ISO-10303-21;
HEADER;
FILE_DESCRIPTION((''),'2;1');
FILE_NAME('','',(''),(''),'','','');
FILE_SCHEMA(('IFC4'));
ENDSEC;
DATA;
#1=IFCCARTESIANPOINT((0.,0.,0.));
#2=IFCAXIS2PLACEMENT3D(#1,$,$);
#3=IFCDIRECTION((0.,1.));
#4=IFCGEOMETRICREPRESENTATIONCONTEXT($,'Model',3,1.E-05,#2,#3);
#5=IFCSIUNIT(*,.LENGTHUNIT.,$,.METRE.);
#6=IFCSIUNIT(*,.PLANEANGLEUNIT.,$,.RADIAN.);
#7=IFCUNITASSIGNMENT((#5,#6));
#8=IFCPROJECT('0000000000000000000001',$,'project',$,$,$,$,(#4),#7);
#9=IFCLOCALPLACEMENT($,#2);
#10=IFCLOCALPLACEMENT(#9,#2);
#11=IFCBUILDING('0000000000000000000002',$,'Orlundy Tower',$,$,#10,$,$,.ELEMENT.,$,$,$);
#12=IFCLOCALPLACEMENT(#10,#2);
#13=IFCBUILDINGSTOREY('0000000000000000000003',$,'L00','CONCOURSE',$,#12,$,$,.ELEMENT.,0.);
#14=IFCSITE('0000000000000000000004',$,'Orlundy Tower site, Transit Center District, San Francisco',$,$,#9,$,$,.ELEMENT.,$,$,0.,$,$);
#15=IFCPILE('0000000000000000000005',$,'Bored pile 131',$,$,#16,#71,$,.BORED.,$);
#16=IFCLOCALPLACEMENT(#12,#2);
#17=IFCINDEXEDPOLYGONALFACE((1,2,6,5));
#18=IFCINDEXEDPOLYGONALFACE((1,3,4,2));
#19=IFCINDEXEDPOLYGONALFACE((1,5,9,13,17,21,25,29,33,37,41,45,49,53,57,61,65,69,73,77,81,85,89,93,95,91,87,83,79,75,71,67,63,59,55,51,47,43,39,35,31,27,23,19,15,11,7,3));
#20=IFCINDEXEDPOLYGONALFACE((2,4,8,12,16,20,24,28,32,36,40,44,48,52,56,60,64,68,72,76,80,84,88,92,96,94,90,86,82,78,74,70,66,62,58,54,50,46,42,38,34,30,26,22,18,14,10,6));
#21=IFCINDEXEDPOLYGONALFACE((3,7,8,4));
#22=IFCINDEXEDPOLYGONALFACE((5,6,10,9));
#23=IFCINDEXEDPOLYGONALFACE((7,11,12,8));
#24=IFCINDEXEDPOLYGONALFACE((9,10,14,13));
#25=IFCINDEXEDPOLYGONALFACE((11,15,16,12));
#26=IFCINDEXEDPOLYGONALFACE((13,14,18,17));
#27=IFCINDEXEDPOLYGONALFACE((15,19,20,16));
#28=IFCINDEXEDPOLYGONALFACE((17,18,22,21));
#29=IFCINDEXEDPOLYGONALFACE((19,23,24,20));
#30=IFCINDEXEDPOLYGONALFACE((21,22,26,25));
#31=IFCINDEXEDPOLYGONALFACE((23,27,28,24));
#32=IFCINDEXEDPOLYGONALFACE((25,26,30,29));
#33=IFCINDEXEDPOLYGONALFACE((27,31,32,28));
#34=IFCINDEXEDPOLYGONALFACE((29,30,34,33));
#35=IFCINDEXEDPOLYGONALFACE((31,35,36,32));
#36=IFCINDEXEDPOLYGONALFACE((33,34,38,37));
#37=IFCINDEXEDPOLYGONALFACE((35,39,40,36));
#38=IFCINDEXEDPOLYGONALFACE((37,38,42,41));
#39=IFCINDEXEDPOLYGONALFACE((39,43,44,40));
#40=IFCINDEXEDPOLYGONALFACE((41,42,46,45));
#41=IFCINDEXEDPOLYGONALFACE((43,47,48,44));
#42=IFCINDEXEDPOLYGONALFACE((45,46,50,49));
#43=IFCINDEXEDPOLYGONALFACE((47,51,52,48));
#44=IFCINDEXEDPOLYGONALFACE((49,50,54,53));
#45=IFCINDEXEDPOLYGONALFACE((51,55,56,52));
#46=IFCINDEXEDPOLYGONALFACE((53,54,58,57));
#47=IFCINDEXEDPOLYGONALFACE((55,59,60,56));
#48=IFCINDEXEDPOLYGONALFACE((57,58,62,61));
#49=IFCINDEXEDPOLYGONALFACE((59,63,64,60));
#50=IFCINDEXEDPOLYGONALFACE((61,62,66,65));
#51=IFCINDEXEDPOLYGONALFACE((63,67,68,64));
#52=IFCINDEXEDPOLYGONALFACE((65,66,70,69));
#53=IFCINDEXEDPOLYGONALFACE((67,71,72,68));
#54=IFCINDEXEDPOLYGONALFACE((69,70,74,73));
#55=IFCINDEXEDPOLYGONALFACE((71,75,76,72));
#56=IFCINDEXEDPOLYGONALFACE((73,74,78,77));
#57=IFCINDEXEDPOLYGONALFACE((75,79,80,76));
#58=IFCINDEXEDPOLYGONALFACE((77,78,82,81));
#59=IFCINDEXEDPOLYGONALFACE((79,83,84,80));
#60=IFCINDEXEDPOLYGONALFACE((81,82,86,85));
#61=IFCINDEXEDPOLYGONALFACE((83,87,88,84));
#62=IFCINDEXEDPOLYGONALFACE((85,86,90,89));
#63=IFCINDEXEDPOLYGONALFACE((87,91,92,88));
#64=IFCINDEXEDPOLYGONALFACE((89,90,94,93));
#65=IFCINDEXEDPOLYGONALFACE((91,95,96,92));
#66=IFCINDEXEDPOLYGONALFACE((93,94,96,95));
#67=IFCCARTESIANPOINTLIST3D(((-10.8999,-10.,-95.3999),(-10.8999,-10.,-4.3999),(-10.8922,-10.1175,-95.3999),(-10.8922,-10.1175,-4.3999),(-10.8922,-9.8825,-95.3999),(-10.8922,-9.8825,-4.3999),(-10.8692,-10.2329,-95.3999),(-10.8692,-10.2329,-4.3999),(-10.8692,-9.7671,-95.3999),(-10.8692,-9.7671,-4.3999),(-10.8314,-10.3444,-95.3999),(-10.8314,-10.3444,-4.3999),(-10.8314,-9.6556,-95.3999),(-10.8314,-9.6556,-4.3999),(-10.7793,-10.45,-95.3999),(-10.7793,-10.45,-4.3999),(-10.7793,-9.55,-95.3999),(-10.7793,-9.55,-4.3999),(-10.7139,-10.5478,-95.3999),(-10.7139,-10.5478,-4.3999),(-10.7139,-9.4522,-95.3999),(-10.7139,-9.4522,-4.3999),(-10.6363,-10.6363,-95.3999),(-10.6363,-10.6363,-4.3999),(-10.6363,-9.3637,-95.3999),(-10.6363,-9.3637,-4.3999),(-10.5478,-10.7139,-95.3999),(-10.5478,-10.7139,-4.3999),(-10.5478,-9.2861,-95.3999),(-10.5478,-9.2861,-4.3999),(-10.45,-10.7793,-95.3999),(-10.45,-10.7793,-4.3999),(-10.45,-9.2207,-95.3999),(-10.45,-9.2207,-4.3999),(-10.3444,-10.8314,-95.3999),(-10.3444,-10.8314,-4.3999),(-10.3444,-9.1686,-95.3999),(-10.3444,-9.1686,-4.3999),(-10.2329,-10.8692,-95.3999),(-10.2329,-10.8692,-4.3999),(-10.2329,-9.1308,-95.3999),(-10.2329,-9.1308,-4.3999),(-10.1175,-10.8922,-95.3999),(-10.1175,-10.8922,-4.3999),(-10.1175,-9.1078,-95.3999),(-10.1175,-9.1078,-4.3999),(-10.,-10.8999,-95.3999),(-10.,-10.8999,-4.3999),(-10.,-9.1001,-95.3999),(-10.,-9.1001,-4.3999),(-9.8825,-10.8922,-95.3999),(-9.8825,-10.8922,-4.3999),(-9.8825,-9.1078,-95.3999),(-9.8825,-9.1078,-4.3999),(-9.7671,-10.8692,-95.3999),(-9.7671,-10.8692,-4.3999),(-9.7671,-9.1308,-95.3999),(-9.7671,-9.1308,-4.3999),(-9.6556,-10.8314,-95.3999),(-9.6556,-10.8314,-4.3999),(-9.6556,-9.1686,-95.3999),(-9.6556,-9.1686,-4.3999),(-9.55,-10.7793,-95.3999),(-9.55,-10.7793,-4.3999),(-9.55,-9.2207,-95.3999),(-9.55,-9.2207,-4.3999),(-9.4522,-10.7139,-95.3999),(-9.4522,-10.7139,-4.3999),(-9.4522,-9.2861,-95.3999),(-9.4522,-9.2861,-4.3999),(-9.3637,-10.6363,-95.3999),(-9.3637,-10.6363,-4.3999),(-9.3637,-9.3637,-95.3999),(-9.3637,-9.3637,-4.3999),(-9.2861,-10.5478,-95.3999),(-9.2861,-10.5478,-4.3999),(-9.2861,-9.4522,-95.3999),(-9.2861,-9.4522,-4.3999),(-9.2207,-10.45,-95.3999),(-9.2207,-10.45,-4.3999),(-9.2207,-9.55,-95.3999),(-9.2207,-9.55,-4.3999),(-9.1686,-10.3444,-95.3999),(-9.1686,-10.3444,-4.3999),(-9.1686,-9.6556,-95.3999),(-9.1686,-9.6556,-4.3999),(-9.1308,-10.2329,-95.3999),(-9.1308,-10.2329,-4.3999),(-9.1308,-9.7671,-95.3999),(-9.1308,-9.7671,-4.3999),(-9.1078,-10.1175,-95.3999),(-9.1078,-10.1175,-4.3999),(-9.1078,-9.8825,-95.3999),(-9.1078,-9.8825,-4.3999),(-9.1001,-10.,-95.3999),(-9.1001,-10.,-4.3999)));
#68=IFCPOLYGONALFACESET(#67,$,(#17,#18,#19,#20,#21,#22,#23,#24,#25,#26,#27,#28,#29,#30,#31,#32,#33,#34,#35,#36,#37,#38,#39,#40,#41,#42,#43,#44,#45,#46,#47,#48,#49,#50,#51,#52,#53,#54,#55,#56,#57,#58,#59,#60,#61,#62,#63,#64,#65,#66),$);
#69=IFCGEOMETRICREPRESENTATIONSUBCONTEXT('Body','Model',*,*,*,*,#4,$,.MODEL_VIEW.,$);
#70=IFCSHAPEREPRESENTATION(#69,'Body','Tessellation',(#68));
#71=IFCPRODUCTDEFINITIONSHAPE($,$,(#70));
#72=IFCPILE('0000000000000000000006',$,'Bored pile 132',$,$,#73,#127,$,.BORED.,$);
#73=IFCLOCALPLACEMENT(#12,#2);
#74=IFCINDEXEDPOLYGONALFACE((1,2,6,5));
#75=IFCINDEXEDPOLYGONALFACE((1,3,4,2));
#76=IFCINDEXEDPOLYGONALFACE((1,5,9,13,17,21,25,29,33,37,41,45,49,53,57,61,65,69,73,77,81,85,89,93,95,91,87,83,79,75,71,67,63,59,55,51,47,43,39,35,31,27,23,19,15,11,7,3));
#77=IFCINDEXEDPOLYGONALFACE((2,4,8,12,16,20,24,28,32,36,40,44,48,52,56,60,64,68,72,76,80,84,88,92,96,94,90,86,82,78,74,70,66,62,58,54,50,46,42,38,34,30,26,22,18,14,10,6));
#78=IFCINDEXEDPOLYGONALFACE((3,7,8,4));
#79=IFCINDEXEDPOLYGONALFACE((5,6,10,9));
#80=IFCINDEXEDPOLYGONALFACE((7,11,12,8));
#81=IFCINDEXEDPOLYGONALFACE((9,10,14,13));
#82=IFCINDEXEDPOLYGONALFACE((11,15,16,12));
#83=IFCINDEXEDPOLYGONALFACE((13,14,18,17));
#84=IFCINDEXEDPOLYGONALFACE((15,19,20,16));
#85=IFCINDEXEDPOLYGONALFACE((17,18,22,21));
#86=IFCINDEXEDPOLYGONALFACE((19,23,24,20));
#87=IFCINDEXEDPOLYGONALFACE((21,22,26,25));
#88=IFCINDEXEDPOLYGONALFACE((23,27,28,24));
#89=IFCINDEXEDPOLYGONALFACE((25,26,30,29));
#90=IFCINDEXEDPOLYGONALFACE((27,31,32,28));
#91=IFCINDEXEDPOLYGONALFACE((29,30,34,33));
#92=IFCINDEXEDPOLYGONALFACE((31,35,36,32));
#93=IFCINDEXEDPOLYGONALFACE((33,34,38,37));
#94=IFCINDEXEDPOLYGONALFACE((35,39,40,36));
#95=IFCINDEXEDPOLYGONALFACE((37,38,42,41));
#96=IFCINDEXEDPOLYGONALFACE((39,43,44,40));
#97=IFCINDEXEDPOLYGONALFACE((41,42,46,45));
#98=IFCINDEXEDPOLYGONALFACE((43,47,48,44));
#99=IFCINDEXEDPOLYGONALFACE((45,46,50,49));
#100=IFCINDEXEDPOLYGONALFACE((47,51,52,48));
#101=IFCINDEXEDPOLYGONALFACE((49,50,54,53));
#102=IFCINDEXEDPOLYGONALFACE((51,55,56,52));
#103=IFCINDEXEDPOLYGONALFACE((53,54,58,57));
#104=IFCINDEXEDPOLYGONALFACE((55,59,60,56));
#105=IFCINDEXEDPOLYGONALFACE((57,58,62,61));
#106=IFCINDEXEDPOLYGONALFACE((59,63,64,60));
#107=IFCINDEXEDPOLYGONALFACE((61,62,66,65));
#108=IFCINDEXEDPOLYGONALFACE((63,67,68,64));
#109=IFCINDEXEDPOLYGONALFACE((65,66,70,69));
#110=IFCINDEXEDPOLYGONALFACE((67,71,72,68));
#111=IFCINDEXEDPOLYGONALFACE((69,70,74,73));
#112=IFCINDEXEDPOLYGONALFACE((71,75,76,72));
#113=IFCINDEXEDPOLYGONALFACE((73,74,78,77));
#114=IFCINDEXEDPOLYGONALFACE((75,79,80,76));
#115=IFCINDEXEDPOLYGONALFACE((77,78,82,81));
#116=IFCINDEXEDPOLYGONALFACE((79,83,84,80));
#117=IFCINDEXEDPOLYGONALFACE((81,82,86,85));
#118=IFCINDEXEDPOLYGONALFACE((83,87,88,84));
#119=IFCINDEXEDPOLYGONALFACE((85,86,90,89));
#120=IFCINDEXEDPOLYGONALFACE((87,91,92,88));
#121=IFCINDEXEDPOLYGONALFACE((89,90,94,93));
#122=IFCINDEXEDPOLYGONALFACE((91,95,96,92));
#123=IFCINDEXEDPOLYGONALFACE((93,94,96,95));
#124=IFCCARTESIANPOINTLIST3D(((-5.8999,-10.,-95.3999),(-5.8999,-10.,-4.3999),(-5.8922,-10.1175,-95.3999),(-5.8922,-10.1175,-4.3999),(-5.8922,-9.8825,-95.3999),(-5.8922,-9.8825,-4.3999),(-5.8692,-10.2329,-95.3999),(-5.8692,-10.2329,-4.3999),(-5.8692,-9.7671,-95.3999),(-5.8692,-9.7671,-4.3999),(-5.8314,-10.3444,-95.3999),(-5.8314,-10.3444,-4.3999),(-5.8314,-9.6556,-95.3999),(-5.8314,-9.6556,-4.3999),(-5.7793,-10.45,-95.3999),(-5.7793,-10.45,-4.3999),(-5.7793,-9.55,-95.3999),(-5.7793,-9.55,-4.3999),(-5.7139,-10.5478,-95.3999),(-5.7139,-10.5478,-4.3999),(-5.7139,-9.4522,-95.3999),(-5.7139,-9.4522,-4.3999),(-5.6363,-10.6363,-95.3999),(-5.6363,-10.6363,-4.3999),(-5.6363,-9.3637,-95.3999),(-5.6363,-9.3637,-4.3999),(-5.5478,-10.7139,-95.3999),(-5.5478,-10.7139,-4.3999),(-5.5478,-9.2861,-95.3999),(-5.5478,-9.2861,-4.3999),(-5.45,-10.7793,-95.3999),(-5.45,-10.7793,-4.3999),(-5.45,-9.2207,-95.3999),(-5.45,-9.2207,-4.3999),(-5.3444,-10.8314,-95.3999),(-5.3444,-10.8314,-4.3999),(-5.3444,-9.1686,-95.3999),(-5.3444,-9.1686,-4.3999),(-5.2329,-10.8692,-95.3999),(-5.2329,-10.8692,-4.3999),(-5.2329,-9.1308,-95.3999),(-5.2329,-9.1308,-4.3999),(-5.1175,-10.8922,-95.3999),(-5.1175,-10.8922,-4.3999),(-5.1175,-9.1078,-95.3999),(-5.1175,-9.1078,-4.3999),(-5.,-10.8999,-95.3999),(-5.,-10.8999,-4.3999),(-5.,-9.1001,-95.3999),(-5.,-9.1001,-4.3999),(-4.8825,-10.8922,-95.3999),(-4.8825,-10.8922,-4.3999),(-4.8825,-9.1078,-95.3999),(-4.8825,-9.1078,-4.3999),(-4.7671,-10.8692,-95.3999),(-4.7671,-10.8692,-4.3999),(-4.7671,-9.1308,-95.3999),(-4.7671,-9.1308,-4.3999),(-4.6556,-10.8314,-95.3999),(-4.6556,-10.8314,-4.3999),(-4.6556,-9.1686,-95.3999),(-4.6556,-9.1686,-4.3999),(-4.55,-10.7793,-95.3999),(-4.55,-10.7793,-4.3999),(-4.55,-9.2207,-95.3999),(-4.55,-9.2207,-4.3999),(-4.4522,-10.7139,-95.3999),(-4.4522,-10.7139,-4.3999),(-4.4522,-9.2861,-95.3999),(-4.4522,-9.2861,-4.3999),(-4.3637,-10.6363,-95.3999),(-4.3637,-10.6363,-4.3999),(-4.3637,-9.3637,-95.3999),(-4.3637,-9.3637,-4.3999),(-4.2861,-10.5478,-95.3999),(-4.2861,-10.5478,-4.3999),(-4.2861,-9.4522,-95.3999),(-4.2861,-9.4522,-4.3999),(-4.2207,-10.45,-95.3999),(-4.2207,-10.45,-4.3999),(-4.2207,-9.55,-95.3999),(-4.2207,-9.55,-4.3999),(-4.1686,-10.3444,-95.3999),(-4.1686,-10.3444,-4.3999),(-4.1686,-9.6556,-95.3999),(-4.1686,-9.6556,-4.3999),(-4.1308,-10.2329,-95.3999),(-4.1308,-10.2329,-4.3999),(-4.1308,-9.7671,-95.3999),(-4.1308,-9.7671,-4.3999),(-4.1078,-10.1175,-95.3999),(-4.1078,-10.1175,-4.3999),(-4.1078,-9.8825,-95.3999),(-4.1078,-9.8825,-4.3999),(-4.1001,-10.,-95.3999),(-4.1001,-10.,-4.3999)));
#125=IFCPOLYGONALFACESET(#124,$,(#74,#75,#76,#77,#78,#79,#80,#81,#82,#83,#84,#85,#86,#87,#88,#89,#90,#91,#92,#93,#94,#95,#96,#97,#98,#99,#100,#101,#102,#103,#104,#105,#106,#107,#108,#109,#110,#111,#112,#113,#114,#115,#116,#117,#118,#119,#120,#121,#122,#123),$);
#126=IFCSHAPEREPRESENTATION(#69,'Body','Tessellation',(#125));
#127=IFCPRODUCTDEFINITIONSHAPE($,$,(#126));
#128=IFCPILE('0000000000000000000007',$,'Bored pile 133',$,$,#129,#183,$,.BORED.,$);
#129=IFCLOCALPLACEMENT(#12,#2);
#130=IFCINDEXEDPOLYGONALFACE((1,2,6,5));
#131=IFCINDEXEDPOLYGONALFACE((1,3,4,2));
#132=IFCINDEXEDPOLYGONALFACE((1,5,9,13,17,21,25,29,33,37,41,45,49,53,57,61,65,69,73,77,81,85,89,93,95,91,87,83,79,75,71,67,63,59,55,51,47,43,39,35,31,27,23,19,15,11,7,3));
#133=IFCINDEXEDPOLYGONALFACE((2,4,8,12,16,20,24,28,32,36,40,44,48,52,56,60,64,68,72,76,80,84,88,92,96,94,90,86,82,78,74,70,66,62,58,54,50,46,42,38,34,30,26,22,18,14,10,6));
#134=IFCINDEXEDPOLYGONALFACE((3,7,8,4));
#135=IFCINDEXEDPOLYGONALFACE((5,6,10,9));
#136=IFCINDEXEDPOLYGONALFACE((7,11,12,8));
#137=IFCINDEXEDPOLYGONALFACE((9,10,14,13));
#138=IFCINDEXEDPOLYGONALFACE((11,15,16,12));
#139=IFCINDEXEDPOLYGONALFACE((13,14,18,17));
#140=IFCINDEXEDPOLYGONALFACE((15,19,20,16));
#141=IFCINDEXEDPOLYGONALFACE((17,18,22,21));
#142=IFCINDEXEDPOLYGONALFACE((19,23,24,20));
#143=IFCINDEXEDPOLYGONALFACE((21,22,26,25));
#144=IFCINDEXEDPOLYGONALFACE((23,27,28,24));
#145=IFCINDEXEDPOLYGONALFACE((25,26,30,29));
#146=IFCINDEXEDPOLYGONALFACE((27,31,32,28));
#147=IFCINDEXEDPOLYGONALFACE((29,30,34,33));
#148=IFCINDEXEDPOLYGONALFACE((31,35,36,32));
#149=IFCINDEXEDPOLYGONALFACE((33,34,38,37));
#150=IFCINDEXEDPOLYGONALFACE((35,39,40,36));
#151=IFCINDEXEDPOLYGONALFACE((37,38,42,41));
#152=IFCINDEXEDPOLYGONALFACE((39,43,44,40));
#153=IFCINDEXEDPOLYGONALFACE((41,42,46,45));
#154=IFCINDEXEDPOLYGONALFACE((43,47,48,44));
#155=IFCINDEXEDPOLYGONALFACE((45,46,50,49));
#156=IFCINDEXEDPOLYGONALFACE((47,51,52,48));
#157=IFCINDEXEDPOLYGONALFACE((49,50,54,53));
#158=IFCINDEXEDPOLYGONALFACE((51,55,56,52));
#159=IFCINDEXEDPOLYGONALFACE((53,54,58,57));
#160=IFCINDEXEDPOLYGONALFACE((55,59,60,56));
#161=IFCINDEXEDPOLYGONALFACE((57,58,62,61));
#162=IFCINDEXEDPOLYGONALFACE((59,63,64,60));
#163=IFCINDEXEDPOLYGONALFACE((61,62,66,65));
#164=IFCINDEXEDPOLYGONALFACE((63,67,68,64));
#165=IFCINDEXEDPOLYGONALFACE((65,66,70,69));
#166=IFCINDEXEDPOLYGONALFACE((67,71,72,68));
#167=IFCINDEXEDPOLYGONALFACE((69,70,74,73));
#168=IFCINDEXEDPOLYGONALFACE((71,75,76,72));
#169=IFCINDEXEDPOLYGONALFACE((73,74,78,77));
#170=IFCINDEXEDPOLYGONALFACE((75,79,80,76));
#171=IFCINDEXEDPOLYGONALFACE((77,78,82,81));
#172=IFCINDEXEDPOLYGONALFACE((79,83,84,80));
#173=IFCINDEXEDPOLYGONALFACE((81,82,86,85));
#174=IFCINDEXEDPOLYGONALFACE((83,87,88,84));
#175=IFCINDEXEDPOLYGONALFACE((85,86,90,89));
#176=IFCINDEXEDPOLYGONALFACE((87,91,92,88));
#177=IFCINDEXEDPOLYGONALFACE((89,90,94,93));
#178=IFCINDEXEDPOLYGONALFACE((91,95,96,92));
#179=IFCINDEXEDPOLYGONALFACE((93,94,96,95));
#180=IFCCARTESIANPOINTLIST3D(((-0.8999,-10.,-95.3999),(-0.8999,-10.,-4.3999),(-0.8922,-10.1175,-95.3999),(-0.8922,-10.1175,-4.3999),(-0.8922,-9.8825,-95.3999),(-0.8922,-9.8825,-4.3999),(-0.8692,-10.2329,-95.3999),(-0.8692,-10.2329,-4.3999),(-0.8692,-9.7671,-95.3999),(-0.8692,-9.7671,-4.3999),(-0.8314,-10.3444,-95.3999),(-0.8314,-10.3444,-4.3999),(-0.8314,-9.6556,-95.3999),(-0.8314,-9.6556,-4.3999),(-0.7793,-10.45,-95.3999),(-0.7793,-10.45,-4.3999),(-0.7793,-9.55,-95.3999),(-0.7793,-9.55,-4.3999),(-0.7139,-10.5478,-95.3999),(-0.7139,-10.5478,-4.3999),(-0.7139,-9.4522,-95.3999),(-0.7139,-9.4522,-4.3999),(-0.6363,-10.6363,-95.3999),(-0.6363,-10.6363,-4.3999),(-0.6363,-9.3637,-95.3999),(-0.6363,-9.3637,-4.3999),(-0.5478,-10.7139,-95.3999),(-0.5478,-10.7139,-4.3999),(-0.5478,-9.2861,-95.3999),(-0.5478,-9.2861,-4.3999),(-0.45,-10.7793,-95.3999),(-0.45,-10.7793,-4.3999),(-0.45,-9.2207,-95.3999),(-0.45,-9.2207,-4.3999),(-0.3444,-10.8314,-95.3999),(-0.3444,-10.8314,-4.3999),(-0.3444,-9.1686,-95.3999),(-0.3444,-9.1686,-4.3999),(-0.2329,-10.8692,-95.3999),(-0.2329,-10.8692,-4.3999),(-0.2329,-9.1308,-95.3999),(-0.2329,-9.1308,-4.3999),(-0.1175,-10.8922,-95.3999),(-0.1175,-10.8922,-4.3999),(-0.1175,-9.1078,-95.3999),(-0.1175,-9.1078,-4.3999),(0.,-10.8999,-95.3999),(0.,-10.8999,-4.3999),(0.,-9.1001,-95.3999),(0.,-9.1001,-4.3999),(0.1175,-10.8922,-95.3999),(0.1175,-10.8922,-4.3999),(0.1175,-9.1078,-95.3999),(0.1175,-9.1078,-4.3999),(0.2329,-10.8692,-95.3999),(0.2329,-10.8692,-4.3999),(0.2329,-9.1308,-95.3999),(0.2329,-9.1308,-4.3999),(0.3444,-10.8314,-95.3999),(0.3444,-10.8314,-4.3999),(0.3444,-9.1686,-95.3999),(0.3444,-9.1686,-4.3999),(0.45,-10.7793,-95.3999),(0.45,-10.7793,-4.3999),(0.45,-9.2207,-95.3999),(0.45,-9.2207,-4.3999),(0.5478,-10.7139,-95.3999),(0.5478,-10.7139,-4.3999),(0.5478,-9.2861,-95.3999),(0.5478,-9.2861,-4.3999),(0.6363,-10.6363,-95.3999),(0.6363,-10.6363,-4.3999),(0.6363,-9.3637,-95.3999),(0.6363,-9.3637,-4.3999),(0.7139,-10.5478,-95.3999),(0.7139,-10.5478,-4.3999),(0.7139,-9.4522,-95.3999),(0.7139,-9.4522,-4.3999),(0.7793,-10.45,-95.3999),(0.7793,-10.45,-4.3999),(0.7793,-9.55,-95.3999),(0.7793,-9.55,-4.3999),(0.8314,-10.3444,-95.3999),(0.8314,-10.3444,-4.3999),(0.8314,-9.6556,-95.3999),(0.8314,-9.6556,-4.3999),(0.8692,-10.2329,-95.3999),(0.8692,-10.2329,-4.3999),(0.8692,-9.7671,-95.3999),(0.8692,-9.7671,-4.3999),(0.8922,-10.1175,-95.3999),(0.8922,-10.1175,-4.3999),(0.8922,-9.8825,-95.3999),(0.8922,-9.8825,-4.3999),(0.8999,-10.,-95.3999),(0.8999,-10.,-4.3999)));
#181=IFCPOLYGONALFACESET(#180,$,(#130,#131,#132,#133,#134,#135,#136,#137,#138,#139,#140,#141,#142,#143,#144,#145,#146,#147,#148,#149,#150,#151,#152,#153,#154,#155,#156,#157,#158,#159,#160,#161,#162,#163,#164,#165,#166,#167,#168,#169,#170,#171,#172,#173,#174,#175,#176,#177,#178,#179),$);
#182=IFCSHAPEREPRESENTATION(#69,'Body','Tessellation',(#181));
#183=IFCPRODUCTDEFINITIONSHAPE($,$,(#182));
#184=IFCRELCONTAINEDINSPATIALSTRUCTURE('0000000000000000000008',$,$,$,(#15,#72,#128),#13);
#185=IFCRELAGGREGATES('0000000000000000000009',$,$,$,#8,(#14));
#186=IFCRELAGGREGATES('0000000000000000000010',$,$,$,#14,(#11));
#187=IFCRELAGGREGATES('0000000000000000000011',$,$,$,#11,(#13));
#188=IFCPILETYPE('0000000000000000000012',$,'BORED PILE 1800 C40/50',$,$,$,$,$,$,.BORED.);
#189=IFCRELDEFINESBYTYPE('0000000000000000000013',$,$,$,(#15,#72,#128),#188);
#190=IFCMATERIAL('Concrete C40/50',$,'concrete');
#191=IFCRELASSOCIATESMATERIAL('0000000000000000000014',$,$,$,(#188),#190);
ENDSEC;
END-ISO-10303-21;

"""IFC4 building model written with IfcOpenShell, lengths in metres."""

from ifc_helpers import new_model, si_unit, direction, frame, origin, origin_2d, place, context, subcontext, project, spatial, circle, extrude, material, material_profile, profile_set, type_object, element, save


model = new_model("IFC4")

# Units and contexts
model_context = context("Model", 3, precision=1e-05, world=origin(), true_north=direction((0.0, 1.0)))
body_context = subcontext(model_context, "Body", "Model", "MODEL_VIEW")
ifc_project = project(units=[si_unit("LENGTHUNIT", "METRE"), si_unit("PLANEANGLEUNIT", "RADIAN")], contexts=[model_context])

# Site, building, storey
site_placement = place(None, origin())
site = spatial("IfcSite", under=ifc_project, at=site_placement, Name="Orlundy Tower site, Transit Center District, San Francisco", CompositionType="ELEMENT", RefElevation=0.0)
building_placement = place(site_placement, origin())
building = spatial("IfcBuilding", under=site, at=building_placement, Name="Orlundy Tower", CompositionType="ELEMENT")
storey_placement = place(building_placement, origin())
storey = spatial("IfcBuildingStorey", under=building, at=storey_placement, Name="L00", Description="CONCOURSE", CompositionType="ELEMENT", Elevation=0.0)

# Piles
ifc_material_1 = material(Name="Concrete C40/50", Category="concrete")
ifc_material_profile = material_profile(ifc_material_1, circle(Radius=0.8999, at=origin_2d()), Name="BP1800")
ifc_profile_set = profile_set([ifc_material_profile], Name="Concrete C40/50")
pile_type = type_object("IfcPileType", Name="BORED PILE 1800 C40/50", PredefinedType="BORED", material=ifc_profile_set)
for number, where, z_axis, x_axis, name in (
    (1, (-10.0, -10.0, -4.3999), (0.0, 0.0, -1.0), (1.0, 0.0, 0.0), "Bored pile 131"),
    (2, (-5.0, -10.0, -4.3999), (0.0, 0.0, -1.0), (1.0, 0.0, 0.0), "Bored pile 132"),
    (3, (0.0, -10.0, -4.3999), (0.0, 0.0, -1.0), (1.0, 0.0, 0.0), "Bored pile 133"),
):
    element("IfcPile", number, at=place(storey_placement, frame(where, z_axis=z_axis, x_axis=x_axis)), inside=storey, type_object=pile_type, Name=name, PredefinedType="BORED", context=body_context, shape_type="SweptSolid", body=[
        extrude(circle(Radius=0.8999, at=origin_2d()), origin(), (0.0, 0.0, 1.0), 91.0),
    ])

save(model, "model.ifc")
